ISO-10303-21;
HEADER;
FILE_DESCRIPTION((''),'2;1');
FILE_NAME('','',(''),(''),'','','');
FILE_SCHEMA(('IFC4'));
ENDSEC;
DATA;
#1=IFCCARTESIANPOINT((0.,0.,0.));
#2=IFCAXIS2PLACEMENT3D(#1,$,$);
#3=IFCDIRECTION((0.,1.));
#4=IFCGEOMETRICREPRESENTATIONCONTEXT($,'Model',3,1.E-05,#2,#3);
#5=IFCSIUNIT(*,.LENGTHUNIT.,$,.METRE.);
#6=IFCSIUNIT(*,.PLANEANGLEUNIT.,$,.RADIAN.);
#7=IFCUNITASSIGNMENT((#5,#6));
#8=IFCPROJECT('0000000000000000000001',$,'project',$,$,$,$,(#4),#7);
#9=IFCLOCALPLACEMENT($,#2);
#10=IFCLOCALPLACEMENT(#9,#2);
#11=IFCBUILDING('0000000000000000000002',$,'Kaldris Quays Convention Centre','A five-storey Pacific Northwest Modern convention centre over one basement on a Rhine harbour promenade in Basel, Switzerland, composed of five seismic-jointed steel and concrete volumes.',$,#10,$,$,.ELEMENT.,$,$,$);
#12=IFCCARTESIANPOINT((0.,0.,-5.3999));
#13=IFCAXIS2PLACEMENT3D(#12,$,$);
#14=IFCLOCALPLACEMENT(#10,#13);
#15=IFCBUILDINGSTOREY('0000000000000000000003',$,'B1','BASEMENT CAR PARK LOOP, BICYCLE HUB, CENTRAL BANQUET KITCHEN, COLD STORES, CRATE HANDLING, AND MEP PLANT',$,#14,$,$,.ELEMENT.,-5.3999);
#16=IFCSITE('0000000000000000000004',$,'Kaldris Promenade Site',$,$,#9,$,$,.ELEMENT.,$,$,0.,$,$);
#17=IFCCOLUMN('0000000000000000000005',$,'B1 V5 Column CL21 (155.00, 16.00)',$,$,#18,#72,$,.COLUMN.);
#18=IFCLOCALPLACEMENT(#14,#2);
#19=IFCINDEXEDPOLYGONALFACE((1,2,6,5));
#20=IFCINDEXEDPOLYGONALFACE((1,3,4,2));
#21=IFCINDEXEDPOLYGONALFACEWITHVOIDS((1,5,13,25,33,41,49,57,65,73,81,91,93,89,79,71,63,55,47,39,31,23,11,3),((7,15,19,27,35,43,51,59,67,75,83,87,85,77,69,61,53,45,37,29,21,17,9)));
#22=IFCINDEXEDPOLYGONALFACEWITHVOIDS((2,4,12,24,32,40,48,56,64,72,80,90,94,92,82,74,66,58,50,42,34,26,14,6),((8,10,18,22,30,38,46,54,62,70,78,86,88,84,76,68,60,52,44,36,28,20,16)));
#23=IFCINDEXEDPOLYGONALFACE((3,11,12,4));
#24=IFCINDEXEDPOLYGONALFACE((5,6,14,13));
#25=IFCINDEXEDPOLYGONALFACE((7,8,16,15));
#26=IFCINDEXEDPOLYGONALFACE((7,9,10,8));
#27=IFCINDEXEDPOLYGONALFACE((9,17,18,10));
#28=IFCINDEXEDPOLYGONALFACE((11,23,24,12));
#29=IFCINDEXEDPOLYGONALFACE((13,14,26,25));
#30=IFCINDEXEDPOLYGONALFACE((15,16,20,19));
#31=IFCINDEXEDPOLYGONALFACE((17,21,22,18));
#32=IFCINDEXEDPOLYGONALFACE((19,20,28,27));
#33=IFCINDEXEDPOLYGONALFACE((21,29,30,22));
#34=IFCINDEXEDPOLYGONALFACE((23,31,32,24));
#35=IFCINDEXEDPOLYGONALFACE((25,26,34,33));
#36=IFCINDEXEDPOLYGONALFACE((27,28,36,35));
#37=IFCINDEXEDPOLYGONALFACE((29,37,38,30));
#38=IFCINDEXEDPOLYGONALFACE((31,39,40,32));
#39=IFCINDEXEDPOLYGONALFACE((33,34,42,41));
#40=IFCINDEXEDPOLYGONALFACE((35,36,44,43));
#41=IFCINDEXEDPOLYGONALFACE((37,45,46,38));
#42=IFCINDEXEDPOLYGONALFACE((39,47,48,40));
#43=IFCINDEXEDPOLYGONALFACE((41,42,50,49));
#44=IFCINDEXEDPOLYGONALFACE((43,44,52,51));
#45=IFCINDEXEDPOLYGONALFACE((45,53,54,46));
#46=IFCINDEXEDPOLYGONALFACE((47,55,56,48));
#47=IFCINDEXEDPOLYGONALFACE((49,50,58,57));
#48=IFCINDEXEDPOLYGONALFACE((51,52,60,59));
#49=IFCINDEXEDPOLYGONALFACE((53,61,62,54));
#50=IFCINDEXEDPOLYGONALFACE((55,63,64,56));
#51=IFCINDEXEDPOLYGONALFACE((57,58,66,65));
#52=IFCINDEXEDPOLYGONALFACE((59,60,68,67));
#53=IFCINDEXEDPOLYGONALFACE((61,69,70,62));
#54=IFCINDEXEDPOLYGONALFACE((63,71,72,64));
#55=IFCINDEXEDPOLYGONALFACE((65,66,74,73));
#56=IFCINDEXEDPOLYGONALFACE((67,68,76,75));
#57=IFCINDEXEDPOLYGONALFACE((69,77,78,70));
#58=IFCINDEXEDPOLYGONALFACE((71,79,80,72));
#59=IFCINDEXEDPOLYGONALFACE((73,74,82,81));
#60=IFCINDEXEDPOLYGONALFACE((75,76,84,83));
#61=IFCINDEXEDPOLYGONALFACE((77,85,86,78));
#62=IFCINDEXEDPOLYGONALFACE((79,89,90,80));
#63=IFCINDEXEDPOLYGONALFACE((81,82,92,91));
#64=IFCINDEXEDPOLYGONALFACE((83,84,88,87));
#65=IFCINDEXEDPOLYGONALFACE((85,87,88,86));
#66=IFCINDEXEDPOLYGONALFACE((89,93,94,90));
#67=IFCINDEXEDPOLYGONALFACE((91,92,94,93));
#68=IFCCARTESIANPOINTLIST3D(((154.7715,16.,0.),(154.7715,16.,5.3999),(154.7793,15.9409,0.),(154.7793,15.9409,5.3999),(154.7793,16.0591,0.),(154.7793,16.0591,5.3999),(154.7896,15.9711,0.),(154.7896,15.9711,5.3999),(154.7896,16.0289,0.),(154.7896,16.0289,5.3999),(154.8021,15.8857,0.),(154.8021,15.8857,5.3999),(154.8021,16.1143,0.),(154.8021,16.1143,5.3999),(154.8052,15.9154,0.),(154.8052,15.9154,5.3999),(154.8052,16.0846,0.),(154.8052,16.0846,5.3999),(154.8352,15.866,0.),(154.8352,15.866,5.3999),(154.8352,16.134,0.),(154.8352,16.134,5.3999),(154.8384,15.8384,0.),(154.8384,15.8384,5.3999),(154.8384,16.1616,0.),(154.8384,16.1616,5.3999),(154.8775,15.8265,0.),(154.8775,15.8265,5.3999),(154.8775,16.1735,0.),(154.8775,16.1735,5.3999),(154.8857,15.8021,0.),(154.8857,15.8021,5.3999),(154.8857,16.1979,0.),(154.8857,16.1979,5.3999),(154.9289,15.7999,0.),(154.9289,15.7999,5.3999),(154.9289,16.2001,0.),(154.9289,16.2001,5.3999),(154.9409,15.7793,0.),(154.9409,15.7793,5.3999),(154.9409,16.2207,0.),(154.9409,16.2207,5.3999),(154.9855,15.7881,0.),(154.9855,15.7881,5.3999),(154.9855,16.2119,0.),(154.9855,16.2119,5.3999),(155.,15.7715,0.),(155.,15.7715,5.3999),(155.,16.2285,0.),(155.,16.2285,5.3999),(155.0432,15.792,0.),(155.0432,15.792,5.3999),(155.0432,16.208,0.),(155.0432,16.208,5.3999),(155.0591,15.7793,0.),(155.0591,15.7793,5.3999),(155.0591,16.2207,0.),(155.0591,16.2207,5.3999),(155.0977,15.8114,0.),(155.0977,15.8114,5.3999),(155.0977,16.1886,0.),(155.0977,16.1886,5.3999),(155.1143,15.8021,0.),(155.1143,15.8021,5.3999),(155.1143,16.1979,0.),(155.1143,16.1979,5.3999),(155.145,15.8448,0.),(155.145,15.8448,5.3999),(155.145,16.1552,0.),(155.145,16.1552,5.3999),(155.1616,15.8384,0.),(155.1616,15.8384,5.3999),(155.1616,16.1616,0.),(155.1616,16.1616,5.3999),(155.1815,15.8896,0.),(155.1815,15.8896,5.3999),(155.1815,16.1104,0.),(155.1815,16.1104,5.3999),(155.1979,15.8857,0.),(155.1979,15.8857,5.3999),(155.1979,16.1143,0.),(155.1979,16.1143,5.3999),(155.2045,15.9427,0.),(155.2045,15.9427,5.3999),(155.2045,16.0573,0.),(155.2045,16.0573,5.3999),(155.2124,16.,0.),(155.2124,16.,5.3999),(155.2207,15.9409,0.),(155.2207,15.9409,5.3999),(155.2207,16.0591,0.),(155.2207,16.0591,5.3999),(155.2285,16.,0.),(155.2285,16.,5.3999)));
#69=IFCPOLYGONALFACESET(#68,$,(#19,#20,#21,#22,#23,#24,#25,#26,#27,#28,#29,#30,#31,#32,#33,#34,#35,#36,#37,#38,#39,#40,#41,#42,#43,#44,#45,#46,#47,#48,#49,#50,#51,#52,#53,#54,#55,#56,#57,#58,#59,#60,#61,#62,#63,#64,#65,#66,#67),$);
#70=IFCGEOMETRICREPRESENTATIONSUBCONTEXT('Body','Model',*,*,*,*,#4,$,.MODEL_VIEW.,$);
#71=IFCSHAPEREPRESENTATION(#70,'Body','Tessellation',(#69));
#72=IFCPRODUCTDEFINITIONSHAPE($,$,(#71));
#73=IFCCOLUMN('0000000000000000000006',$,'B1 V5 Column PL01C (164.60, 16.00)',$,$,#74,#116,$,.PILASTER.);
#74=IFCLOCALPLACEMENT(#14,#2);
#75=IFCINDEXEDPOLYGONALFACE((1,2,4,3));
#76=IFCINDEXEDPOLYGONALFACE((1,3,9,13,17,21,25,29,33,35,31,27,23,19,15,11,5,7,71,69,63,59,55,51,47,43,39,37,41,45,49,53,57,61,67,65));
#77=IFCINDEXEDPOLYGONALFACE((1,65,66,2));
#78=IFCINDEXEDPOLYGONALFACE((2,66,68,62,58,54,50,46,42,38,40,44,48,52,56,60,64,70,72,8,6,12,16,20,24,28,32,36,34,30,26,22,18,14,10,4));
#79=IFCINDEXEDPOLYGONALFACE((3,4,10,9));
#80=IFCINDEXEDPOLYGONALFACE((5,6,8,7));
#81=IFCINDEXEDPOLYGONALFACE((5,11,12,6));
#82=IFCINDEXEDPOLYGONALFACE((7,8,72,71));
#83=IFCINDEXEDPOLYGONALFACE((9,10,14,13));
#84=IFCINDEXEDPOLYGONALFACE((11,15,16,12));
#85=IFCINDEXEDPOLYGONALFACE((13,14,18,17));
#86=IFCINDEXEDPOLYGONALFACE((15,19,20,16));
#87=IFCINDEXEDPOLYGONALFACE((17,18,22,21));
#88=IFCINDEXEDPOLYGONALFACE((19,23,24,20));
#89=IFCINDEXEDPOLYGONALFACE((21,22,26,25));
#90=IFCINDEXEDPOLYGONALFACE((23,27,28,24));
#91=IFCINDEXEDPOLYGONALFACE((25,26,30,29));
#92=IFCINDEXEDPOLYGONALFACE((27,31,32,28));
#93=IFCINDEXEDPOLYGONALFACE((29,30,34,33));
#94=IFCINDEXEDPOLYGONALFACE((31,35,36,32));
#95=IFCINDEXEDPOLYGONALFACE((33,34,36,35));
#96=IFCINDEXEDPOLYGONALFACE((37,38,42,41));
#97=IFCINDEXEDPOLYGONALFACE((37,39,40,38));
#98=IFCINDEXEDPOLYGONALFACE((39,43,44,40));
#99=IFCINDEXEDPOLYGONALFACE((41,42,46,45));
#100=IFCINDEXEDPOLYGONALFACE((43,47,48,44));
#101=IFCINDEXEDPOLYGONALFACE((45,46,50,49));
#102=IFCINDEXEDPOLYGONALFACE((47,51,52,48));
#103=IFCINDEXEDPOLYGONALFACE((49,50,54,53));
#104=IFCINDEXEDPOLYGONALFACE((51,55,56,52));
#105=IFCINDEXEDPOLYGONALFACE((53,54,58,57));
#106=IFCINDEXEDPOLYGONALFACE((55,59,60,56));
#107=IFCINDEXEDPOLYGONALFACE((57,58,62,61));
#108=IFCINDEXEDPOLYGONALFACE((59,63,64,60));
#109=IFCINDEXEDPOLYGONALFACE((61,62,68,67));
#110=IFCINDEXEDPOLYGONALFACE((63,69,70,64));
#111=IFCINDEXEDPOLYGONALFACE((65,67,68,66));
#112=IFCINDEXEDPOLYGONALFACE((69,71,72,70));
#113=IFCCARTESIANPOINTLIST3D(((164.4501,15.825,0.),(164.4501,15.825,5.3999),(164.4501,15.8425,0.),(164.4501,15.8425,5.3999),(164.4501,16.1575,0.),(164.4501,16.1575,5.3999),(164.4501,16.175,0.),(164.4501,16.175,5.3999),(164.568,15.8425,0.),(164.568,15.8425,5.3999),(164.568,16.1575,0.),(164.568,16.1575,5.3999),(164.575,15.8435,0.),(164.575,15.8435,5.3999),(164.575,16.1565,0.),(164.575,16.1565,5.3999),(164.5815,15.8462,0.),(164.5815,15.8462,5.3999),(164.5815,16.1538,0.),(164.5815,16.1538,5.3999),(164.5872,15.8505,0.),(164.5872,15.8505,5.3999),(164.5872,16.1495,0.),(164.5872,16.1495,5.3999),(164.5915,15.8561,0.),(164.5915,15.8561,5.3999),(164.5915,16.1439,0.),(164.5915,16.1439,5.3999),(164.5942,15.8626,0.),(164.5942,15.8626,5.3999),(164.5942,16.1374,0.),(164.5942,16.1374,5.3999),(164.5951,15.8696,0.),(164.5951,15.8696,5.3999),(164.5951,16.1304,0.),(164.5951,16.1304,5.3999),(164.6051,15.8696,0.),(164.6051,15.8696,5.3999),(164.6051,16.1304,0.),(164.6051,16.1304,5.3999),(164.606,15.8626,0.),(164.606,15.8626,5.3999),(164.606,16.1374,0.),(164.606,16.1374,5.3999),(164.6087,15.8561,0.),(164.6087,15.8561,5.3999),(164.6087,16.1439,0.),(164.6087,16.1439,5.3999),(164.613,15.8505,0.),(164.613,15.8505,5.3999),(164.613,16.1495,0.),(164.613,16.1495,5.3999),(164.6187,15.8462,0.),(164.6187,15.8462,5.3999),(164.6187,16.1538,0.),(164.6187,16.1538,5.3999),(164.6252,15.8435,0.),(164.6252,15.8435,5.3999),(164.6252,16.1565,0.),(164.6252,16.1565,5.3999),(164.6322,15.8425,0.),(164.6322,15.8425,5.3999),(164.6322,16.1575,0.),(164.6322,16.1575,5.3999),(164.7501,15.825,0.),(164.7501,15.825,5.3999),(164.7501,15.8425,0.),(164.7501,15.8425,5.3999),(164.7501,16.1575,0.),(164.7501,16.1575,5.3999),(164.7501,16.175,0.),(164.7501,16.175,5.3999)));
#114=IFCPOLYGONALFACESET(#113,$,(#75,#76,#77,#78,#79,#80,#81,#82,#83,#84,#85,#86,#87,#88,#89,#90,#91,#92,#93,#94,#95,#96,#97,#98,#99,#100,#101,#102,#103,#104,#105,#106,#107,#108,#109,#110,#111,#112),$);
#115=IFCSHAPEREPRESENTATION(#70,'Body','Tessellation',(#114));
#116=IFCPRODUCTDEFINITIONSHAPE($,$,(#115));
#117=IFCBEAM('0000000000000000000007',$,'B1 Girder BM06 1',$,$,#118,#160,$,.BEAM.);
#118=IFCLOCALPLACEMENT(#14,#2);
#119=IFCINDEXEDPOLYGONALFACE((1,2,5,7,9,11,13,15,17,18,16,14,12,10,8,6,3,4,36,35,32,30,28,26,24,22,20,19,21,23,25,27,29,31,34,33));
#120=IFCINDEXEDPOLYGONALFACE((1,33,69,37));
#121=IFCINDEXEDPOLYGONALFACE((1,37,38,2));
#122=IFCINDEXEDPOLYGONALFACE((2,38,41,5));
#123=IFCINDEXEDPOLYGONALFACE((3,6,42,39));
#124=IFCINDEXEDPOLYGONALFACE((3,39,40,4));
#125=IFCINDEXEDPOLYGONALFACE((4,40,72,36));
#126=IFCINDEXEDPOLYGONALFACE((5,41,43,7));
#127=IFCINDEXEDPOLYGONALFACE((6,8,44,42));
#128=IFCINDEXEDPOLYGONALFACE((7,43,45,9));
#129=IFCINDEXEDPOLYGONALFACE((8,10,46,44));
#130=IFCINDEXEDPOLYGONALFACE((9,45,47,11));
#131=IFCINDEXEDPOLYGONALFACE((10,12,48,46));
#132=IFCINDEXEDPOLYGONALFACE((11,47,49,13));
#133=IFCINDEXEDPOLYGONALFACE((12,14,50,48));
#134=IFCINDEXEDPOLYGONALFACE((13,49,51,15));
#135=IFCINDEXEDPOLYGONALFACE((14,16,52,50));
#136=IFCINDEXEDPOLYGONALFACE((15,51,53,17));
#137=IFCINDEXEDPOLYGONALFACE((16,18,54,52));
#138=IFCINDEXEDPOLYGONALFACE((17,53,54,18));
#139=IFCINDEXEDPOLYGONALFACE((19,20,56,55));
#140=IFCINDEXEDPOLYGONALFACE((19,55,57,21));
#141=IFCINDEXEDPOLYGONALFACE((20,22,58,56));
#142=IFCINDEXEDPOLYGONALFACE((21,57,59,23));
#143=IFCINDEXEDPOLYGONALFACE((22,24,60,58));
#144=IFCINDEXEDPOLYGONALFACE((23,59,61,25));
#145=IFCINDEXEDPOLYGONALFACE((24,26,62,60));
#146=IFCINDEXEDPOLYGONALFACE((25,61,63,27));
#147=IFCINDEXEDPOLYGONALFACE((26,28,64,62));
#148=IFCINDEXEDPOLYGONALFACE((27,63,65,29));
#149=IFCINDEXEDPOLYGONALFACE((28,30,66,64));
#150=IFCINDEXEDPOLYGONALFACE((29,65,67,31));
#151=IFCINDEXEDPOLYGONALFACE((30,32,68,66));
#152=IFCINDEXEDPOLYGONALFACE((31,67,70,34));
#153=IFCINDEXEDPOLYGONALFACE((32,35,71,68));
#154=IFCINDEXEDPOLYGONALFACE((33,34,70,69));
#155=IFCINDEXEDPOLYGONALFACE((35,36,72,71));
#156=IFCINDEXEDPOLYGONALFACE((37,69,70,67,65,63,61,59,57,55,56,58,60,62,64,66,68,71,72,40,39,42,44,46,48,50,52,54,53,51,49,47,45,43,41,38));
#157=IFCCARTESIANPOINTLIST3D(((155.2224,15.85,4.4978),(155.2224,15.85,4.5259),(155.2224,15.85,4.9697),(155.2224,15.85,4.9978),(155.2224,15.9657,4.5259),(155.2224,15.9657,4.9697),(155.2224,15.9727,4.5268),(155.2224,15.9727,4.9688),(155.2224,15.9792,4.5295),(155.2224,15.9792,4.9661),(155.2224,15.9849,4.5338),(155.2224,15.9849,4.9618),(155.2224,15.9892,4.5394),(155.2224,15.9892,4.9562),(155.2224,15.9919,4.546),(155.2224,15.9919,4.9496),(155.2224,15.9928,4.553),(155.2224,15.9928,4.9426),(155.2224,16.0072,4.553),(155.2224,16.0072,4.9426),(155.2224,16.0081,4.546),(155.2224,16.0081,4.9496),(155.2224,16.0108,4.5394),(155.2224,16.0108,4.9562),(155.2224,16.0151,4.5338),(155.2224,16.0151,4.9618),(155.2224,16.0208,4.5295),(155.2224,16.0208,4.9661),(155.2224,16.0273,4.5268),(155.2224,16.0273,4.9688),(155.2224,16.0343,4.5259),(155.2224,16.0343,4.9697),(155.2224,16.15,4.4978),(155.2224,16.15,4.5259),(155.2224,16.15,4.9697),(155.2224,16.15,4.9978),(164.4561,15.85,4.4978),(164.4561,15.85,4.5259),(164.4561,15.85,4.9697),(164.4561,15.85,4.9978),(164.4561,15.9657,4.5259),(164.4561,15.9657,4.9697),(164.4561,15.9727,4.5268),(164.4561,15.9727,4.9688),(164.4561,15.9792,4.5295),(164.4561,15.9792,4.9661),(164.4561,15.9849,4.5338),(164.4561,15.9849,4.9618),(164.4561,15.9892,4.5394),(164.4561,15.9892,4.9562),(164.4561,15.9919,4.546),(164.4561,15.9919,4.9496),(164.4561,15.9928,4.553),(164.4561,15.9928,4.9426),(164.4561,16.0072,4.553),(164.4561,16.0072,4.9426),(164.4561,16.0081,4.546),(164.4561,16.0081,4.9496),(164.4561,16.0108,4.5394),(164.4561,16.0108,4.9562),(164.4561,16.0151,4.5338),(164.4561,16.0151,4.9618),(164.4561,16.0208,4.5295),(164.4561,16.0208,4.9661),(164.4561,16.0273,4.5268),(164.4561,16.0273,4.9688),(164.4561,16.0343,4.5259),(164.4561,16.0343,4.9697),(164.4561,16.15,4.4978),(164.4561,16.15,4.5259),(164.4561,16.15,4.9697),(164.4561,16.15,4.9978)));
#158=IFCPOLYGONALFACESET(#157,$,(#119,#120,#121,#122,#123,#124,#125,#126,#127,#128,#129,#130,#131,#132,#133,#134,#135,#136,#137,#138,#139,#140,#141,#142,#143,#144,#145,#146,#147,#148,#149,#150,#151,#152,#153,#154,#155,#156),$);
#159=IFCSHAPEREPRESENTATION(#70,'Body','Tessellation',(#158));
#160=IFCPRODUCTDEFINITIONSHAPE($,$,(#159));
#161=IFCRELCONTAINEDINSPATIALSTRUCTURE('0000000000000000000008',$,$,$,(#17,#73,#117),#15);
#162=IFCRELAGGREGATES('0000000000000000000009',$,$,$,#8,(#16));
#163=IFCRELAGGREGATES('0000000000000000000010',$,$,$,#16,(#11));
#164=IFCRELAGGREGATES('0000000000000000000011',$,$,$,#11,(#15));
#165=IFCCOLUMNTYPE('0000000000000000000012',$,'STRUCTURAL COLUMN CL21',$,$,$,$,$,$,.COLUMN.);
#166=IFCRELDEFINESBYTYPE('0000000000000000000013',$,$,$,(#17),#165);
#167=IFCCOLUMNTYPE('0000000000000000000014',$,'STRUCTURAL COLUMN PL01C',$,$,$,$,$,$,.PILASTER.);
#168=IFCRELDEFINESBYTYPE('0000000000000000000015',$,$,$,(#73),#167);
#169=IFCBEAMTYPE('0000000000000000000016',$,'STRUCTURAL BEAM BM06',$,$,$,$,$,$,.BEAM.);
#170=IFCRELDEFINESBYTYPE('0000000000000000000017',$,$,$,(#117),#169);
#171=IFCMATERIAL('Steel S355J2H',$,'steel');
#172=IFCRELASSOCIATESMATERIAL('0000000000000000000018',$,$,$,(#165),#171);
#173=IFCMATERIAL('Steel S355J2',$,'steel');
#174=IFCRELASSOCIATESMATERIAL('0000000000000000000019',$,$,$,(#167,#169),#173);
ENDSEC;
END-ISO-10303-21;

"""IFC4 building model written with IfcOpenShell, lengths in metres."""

from ifc_helpers import new_model, si_unit, direction, frame, origin, origin_2d, place, context, subcontext, project, spatial, hollow_circle, i_section, extrude, material, material_profile, profile_set, type_object, element, save


model = new_model("IFC4")

# Units and contexts
model_context = context("Model", 3, precision=1e-05, world=origin(), true_north=direction((0.0, 1.0)))
body_context = subcontext(model_context, "Body", "Model", "MODEL_VIEW")
ifc_project = project(units=[si_unit("LENGTHUNIT", "METRE"), si_unit("PLANEANGLEUNIT", "RADIAN")], contexts=[model_context])

# Site, building, storey
site_placement = place(None, origin())
site = spatial("IfcSite", under=ifc_project, at=site_placement, Name="Kaldris Promenade Site", CompositionType="ELEMENT", RefElevation=0.0)
building_placement = place(site_placement, origin())
building = spatial("IfcBuilding", under=site, at=building_placement, Name="Kaldris Quays Convention Centre", Description="A five-storey Pacific Northwest Modern convention centre over one basement on a Rhine harbour promenade in Basel, Switzerland, composed of five seismic-jointed steel and concrete volumes.", CompositionType="ELEMENT")
storey_placement = place(building_placement, frame((0.0, 0.0, -5.3999)))
storey = spatial("IfcBuildingStorey", under=building, at=storey_placement, Name="B1", Description="BASEMENT CAR PARK LOOP, BICYCLE HUB, CENTRAL BANQUET KITCHEN, COLD STORES, CRATE HANDLING, AND MEP PLANT", CompositionType="ELEMENT", Elevation=-5.3999)

# Columns
ifc_material_1 = material(Name="Steel S355J2", Category="steel")
ifc_material_2 = material(Name="Steel S355J2H", Category="steel")
ifc_material_profile_1 = material_profile(ifc_material_2, hollow_circle(Radius=0.2285, WallThickness=0.0161, at=origin_2d()), Name="CHS 457x16")
ifc_profile_set_1 = profile_set([ifc_material_profile_1], Name="Steel S355J2H")
column_type_1 = type_object("IfcColumnType", Name="STRUCTURAL COLUMN CL21", PredefinedType="COLUMN", material=ifc_profile_set_1)
column_1_placement = place(storey_placement, frame((155.0, 16.0, 0.0), z_axis=(0.0, 0.0, 1.0), x_axis=(1.0, 0.0, 0.0)))
element("IfcColumn", 1, at=column_1_placement, inside=storey, type_object=column_type_1, Name="B1 V5 Column CL21 (155.00, 16.00)", PredefinedType="COLUMN", context=body_context, shape_type="SweptSolid", body=[
    extrude(hollow_circle(Radius=0.2285, WallThickness=0.0161, at=origin_2d()), origin(), (0.0, 0.0, 1.0), 5.3999),
])
ifc_material_profile_2 = material_profile(ifc_material_1, i_section(OverallWidth=0.3, OverallDepth=0.3501, WebThickness=0.01, FlangeThickness=0.0176, FilletRadius=0.0271, at=origin_2d()), Name="HEA 360")
ifc_profile_set_2 = profile_set([ifc_material_profile_2], Name="Steel S355J2")
column_type_2 = type_object("IfcColumnType", Name="STRUCTURAL COLUMN PL01C", PredefinedType="PILASTER", material=ifc_profile_set_2)
column_2_placement = place(storey_placement, frame((164.6001, 16.0, 0.0), z_axis=(0.0, 0.0, 1.0), x_axis=(1.0, 0.0, 0.0)))
element("IfcColumn", 2, at=column_2_placement, inside=storey, type_object=column_type_2, Name="B1 V5 Column PL01C (164.60, 16.00)", PredefinedType="PILASTER", context=body_context, shape_type="SweptSolid", body=[
    extrude(i_section(OverallWidth=0.3, OverallDepth=0.3501, WebThickness=0.01, FlangeThickness=0.0176, FilletRadius=0.0271, at=origin_2d()), origin(), (0.0, 0.0, 1.0), 5.3999),
])

# Beam
ifc_material_profile_3 = material_profile(ifc_material_1, i_section(OverallWidth=0.3, OverallDepth=0.5, WebThickness=0.0144, FlangeThickness=0.0281, FilletRadius=0.0271, at=origin_2d()), Name="HEB 500")
ifc_profile_set_3 = profile_set([ifc_material_profile_3], Name="Steel S355J2")
beam_type_1 = type_object("IfcBeamType", Name="STRUCTURAL BEAM BM06", PredefinedType="BEAM", material=ifc_profile_set_3)
beam_1_placement = place(storey_placement, frame((155.2224, 16.0, 4.7478), z_axis=(1.0, 0.0, 0.0), x_axis=(0.0, 1.0, 0.0)))
element("IfcBeam", 3, at=beam_1_placement, inside=storey, type_object=beam_type_1, Name="B1 Girder BM06 1", PredefinedType="BEAM", context=body_context, shape_type="SweptSolid", body=[
    extrude(i_section(OverallWidth=0.3, OverallDepth=0.5, WebThickness=0.0144, FlangeThickness=0.0281, FilletRadius=0.0271, at=origin_2d()), origin(), (0.0, 0.0, 1.0), 9.2336),
])

save(model, "model.ifc")
